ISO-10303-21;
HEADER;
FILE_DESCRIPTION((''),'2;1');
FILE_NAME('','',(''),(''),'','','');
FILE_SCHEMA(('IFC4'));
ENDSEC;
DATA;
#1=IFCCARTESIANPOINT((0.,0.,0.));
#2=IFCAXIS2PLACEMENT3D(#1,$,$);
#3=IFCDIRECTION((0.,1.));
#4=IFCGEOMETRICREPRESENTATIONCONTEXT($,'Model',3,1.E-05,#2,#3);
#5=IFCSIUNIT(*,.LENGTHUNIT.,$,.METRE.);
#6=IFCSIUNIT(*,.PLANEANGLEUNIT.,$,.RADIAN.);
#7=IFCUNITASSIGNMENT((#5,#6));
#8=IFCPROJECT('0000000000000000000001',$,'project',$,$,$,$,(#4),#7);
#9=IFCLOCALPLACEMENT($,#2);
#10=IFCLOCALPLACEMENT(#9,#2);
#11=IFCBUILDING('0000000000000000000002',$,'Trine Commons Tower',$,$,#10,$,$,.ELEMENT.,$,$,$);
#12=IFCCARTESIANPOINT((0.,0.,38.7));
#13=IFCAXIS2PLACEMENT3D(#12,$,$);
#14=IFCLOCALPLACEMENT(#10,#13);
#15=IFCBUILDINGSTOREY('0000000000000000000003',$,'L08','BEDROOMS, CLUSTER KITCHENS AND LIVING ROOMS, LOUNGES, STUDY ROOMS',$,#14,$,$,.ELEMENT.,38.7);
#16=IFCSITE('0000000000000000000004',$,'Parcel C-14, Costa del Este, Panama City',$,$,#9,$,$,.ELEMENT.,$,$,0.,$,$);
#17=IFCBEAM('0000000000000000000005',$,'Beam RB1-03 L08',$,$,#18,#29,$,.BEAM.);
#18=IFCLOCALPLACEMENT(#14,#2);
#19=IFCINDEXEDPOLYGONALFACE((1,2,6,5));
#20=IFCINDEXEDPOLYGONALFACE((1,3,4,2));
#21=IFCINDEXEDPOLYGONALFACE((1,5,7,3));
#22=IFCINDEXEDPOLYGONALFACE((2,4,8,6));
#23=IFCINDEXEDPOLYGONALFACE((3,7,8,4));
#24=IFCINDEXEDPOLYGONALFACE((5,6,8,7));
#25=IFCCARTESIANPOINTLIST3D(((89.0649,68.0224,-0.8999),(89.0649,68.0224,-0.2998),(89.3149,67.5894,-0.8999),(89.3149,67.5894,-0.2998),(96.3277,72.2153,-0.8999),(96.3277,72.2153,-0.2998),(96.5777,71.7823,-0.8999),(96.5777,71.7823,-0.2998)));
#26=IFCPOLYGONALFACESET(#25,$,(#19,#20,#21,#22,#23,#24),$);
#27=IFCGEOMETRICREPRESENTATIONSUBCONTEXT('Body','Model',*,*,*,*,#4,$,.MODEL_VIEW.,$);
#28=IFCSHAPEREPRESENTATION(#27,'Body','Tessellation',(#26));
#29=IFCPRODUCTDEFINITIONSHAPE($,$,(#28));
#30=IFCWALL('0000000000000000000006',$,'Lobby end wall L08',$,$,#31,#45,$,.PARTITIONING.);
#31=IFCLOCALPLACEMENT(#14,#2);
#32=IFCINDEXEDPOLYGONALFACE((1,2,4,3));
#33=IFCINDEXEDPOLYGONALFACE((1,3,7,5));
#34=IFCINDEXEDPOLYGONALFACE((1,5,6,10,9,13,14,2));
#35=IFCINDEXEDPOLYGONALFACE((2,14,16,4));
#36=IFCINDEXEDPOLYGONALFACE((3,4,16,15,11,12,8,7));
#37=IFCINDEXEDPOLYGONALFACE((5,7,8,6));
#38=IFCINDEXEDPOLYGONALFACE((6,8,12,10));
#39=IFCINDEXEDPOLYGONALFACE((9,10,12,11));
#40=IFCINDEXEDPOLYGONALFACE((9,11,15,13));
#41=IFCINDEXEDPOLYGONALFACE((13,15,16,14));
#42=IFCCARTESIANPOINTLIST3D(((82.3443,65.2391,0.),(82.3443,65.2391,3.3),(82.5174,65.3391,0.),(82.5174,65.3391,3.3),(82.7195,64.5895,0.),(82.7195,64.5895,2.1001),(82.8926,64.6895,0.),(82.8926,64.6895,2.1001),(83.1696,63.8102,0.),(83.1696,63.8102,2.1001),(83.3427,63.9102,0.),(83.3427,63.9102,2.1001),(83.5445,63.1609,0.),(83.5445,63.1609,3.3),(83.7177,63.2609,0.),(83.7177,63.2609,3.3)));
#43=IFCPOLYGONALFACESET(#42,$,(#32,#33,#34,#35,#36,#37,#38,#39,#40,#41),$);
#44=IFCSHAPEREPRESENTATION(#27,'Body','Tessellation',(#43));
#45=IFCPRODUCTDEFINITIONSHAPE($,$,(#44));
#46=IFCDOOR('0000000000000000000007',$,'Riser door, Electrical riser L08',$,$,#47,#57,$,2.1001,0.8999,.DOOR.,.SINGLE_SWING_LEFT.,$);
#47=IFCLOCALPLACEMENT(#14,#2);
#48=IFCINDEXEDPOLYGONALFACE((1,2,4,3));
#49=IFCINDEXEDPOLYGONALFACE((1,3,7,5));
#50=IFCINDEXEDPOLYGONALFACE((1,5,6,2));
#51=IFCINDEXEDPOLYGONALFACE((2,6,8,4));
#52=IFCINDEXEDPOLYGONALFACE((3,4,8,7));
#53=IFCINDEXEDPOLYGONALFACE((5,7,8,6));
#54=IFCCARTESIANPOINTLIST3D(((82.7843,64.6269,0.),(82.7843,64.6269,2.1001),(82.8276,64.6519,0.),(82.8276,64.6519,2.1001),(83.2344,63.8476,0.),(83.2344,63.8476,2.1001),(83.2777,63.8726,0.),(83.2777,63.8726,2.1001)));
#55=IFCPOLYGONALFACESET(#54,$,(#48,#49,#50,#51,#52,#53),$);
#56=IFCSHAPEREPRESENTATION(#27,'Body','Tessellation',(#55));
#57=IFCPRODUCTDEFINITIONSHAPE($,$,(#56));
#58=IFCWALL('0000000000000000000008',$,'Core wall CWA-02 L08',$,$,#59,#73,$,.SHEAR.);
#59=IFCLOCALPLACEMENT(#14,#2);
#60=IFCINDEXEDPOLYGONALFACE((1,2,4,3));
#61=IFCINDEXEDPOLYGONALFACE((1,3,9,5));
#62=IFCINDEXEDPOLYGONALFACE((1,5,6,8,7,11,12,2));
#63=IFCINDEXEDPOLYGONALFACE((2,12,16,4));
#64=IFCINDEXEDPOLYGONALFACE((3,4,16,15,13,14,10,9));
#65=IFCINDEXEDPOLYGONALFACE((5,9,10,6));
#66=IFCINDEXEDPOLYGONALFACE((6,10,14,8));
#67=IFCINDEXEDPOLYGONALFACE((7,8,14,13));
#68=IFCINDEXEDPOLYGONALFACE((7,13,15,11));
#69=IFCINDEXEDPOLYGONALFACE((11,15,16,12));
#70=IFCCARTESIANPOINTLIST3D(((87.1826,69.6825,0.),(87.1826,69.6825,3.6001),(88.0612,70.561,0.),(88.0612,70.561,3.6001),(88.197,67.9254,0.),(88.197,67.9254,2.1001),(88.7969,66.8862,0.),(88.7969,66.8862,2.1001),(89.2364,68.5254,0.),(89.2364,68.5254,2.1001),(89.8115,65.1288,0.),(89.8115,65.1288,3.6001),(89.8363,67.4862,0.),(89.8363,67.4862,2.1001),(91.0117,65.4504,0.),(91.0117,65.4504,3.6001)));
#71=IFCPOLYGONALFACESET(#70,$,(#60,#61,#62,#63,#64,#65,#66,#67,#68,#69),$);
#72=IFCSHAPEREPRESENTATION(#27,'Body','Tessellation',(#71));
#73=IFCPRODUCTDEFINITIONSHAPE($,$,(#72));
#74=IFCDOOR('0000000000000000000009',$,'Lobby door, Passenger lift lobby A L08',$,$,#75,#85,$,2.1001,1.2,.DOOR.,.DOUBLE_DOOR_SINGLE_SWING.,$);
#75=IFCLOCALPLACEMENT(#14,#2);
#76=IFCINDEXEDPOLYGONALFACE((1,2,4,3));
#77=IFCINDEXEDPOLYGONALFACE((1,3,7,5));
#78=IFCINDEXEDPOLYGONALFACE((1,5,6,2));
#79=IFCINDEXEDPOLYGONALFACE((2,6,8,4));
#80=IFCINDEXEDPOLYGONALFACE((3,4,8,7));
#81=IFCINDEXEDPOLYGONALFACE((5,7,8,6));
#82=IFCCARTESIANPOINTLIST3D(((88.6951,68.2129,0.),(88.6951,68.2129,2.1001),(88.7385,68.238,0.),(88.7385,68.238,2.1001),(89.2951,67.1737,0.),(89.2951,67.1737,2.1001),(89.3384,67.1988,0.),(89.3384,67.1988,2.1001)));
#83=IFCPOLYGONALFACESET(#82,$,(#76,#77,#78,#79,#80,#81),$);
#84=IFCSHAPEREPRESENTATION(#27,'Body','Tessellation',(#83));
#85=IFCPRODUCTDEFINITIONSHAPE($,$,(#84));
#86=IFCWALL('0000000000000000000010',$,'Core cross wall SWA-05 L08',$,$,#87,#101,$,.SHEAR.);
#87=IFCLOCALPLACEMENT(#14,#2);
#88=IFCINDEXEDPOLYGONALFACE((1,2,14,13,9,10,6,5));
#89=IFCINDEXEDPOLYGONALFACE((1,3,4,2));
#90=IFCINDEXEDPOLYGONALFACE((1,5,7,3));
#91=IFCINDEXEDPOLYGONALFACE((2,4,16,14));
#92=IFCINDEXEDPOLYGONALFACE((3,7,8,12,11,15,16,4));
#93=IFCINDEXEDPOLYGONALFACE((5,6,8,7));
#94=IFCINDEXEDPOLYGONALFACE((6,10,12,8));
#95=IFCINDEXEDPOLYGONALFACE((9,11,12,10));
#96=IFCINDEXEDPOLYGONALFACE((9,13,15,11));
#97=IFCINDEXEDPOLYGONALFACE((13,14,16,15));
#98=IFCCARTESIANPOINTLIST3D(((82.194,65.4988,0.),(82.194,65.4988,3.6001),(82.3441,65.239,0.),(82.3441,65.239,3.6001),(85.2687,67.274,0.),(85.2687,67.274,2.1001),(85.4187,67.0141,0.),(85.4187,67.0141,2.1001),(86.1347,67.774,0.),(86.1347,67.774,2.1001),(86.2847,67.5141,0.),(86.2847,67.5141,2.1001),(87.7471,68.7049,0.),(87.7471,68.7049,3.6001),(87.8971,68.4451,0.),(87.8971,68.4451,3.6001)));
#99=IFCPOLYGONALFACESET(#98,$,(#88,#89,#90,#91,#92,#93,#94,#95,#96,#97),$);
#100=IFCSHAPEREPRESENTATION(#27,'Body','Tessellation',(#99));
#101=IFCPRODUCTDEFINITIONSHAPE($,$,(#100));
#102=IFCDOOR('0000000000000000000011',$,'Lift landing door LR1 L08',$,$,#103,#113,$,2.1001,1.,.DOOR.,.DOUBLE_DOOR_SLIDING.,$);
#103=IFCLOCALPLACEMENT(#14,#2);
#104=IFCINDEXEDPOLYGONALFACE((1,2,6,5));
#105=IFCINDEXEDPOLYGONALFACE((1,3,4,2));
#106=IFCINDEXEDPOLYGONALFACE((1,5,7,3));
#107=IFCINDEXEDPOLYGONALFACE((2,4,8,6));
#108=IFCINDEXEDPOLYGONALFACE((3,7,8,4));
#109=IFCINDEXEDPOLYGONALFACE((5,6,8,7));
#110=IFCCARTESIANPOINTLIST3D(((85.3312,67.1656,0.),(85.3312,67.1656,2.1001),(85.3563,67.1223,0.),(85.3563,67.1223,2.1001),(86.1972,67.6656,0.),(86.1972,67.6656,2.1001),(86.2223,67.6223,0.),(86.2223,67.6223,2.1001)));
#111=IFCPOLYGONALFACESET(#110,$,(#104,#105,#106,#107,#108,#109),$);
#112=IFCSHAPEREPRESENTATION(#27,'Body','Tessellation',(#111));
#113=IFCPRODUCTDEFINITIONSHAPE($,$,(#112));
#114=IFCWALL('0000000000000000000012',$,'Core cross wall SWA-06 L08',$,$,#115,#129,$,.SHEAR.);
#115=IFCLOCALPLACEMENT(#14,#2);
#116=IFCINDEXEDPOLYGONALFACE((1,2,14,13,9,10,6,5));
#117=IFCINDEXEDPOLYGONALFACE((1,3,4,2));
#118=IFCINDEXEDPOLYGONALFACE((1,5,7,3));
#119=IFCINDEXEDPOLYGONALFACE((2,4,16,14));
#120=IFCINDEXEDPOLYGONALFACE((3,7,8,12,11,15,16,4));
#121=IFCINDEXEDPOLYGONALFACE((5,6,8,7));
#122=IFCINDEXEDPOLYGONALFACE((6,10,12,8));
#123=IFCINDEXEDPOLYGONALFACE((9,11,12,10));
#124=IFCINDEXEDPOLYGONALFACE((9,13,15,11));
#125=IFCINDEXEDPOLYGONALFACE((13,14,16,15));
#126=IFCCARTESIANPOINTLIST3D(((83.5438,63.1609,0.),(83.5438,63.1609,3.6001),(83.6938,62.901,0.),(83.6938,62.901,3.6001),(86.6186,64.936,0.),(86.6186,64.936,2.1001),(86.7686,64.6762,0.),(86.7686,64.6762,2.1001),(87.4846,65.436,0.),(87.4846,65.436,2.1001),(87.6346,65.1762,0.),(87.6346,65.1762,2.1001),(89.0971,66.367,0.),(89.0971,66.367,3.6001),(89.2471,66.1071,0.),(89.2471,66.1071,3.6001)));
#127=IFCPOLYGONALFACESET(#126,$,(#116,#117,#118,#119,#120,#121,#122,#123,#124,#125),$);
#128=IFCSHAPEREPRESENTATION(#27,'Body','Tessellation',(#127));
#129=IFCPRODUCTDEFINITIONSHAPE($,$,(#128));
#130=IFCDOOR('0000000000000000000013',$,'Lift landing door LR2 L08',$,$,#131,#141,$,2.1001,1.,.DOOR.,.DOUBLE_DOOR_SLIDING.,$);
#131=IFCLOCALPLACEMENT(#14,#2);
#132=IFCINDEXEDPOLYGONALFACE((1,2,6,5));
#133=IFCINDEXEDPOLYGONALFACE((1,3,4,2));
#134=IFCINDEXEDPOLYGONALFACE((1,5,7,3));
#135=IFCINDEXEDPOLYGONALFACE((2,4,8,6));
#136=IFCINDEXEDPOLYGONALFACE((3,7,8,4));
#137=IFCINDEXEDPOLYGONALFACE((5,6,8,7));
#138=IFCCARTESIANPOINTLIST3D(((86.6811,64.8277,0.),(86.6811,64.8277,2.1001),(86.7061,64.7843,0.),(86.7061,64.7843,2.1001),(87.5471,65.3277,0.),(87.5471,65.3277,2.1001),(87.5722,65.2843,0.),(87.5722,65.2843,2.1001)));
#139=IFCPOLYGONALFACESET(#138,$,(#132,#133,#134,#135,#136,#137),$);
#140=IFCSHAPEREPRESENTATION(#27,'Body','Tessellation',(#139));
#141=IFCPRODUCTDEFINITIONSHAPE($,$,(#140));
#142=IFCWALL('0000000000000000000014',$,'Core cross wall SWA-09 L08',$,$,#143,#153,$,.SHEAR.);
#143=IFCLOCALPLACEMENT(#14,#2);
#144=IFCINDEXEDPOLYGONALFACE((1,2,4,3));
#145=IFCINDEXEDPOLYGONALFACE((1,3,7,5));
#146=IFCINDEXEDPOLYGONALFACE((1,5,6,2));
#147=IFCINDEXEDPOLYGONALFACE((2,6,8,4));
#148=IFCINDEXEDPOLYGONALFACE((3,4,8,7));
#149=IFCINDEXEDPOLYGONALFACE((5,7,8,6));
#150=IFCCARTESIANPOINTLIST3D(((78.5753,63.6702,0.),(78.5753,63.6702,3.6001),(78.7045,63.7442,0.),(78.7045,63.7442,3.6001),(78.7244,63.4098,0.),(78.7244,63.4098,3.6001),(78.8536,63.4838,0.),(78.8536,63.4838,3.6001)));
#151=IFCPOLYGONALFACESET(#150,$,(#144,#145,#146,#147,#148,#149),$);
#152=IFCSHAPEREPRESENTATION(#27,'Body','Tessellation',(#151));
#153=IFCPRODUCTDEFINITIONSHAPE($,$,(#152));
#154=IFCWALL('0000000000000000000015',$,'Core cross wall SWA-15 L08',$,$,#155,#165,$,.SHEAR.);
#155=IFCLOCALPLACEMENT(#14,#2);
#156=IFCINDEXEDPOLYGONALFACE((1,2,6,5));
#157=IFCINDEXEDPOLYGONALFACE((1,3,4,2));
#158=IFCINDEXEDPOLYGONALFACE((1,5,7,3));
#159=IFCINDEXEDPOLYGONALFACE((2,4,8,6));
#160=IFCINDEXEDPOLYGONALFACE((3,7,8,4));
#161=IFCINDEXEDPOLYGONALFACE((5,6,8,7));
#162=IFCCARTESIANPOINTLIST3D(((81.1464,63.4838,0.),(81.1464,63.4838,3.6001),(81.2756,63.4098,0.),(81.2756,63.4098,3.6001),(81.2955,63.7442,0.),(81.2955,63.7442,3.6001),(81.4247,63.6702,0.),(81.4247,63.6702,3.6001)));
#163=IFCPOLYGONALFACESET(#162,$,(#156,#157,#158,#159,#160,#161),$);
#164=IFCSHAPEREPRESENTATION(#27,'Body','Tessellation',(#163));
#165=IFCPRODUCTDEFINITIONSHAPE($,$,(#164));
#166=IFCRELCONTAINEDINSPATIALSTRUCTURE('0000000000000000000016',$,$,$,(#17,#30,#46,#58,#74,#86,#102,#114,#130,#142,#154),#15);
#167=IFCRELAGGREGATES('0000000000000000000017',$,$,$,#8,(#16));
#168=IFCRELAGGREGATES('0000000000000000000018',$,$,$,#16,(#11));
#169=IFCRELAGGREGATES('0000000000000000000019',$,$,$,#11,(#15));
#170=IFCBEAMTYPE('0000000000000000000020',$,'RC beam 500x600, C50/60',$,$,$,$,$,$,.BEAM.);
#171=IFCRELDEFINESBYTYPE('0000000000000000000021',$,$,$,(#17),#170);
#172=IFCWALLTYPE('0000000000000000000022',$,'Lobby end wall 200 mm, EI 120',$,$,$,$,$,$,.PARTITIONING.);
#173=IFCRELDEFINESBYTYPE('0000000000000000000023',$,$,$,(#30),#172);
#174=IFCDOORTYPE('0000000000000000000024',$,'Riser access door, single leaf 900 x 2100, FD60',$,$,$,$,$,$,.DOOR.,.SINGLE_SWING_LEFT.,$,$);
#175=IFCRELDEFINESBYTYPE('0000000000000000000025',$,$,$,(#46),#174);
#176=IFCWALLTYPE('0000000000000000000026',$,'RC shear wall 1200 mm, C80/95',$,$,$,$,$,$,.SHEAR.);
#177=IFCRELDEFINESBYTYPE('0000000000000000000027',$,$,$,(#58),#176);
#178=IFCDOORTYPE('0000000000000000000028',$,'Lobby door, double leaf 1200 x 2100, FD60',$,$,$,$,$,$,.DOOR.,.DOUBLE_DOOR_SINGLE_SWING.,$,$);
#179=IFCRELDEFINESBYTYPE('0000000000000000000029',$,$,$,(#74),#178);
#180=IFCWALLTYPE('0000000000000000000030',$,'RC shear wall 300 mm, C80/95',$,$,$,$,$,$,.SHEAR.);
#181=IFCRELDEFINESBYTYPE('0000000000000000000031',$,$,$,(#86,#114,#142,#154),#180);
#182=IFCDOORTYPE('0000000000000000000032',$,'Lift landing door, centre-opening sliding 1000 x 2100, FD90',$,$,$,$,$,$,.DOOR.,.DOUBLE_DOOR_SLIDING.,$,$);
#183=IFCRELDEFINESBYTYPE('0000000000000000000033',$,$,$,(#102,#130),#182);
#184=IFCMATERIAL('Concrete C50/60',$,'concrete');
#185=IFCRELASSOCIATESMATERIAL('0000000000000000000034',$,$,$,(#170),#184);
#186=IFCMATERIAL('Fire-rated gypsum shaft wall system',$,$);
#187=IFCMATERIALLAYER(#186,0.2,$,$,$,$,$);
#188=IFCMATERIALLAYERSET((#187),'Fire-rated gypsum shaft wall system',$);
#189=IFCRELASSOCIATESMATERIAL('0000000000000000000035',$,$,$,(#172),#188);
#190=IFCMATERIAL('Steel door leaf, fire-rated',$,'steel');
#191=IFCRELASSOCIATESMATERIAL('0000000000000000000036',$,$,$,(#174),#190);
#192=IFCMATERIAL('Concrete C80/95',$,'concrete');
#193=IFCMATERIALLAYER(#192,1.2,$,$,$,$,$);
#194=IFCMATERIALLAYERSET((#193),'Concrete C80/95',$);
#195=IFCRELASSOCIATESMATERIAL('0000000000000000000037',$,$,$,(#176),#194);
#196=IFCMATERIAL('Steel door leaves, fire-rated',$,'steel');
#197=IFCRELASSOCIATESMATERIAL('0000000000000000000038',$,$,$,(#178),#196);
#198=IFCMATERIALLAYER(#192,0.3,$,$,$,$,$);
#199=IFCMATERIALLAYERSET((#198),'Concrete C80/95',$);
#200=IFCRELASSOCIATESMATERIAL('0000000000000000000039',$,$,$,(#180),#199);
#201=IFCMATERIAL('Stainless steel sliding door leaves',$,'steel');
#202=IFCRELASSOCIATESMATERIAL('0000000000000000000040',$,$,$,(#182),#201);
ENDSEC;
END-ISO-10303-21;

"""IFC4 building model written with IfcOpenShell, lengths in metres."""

from ifc_helpers import new_model, si_unit, direction, frame, frame_2d, origin, origin_2d, place, context, subcontext, project, spatial, polyline, rectangle, outline, extrude, material, layer, layer_set, material_profile, profile_set, type_object, element, fill, save


model = new_model("IFC4")

# Units and contexts
model_context = context("Model", 3, precision=1e-05, world=origin(), true_north=direction((0.0, 1.0)))
body_context = subcontext(model_context, "Body", "Model", "MODEL_VIEW")
ifc_project = project(units=[si_unit("LENGTHUNIT", "METRE"), si_unit("PLANEANGLEUNIT", "RADIAN")], contexts=[model_context])

# Site, building, storey
site_placement = place(None, origin())
site = spatial("IfcSite", under=ifc_project, at=site_placement, Name="Parcel C-14, Costa del Este, Panama City", CompositionType="ELEMENT", RefElevation=0.0)
building_placement = place(site_placement, origin())
building = spatial("IfcBuilding", under=site, at=building_placement, Name="Trine Commons Tower", CompositionType="ELEMENT")
storey_placement = place(building_placement, frame((0.0, 0.0, 38.7)))
storey = spatial("IfcBuildingStorey", under=building, at=storey_placement, Name="L08", Description="BEDROOMS, CLUSTER KITCHENS AND LIVING ROOMS, LOUNGES, STUDY ROOMS", CompositionType="ELEMENT", Elevation=38.7)

# Beam
ifc_material_1 = material(Name="Concrete C50/60", Category="concrete")
ifc_material_profile = material_profile(ifc_material_1, rectangle(XDim=0.5, YDim=0.6001, at=origin_2d()), Name="RC 500x600")
ifc_profile_set = profile_set([ifc_material_profile], Name="Concrete C50/60")
beam_type = type_object("IfcBeamType", Name="RC beam 500x600, C50/60", PredefinedType="BEAM", material=ifc_profile_set)
beam_placement = place(storey_placement, frame((89.1899, 67.8059, -0.5999), z_axis=(0.866038, 0.499978, 0.0), x_axis=(-0.499978, 0.866038, 0.0)))
element("IfcBeam", 1, at=beam_placement, inside=storey, type_object=beam_type, Name="Beam RB1-03 L08", PredefinedType="BEAM", context=body_context, shape_type="SweptSolid", body=[
    extrude(rectangle(XDim=0.5, YDim=0.6001, at=origin_2d()), origin(), (0.0, 0.0, 1.0), 8.3862),
])

# Walls, openings, doors
ifc_material_2 = material(Name="Fire-rated gypsum shaft wall system")
ifc_layer_1 = layer(ifc_material_2, 0.2)
ifc_layer_set_1 = layer_set([ifc_layer_1], Name="Fire-rated gypsum shaft wall system")
wall_type_1 = type_object("IfcWallType", Name="Lobby end wall 200 mm, EI 120", PredefinedType="PARTITIONING", material=ifc_layer_set_1)
wall_1_placement = place(storey_placement, frame((83.6311, 63.2109, 0.0), z_axis=(0.0, 0.0, 1.0), x_axis=(-0.500122, 0.865955, 0.0)))
wall_1 = element("IfcWall", 2, at=wall_1_placement, inside=storey, type_object=wall_type_1, Name="Lobby end wall L08", PredefinedType="PARTITIONING", context=body_context, shape_type="SweptSolid", body=[
    extrude(rectangle(XDim=2.3999, YDim=0.2, at=frame_2d((1.2, 0.0))), origin(), (0.0, 0.0, 1.0), 3.3),
])
opening_1_placement = place(wall_1_placement, frame((0.7498, 0.0, 0.0)))
opening_1 = element("IfcOpeningElement", 3, at=opening_1_placement, cuts=wall_1, PredefinedType="OPENING", context=body_context, shape_type="SweptSolid", body=[
    extrude(rectangle(XDim=0.8999, YDim=2.1001, at=frame_2d((0.45, 1.05))), frame((0.0, 0.1099, 0.0), z_axis=(0.0, -1.0, 0.0), x_axis=(1.0, 0.0, 0.0)), (0.0, 0.0, 1.0), 0.22),
])
ifc_material_3 = material(Name="Steel door leaf, fire-rated", Category="steel")
door_type_1 = type_object("IfcDoorType", Name="Riser access door, single leaf 900 x 2100, FD60", OperationType="SINGLE_SWING_LEFT", PredefinedType="DOOR", material=ifc_material_3)
door_1_placement = place(opening_1_placement, frame((0.8999, 0.0, 0.0), z_axis=(0.0, 0.0, 1.0), x_axis=(-1.0, 0.0, 0.0)))
door_1 = element("IfcDoor", 4, at=door_1_placement, inside=storey, type_object=door_type_1, Name="Riser door, Electrical riser L08", OperationType="SINGLE_SWING_LEFT", OverallHeight=2.1001, OverallWidth=0.8999, PredefinedType="DOOR", context=body_context, shape_type="SweptSolid", body=[
    extrude(rectangle(XDim=0.8999, YDim=2.1001, at=frame_2d((0.45, 1.05))), frame((0.0, 0.0249, 0.0), z_axis=(0.0, -1.0, 0.0), x_axis=(1.0, 0.0, 0.0)), (0.0, 0.0, 1.0), 0.05),
])
fill(opening_1, door_1)
ifc_material_4 = material(Name="Concrete C80/95", Category="concrete")
ifc_layer_2 = layer(ifc_material_4, 1.2)
ifc_layer_set_2 = layer_set([ifc_layer_2], Name="Concrete C80/95")
wall_type_2 = type_object("IfcWallType", Name="RC shear wall 1200 mm, C80/95", PredefinedType="SHEAR", material=ifc_layer_set_2)
wall_2_placement = place(storey_placement, frame((90.4919, 65.1504, 0.0), z_axis=(0.0, 0.0, 1.0), x_axis=(-0.499979, 0.866037, 0.0)))
wall_2 = element("IfcWall", 5, at=wall_2_placement, inside=storey, type_object=wall_type_2, Name="Core wall CWA-02 L08", PredefinedType="SHEAR", context=body_context, shape_type="SweptSolid", body=[
    extrude(outline(polyline([(0.0, -0.6001), (5.9011, -0.6001), (5.5796, 0.6001), (0.3215, 0.6001), (0.0, -0.6001)])), origin(), (0.0, 0.0, 1.0), 3.6001),
])
opening_2_placement = place(wall_2_placement, frame((2.3506, 0.0, 0.0)))
opening_2 = element("IfcOpeningElement", 6, at=opening_2_placement, cuts=wall_2, PredefinedType="OPENING", context=body_context, shape_type="SweptSolid", body=[
    extrude(rectangle(XDim=1.2, YDim=2.1001, at=frame_2d((0.6001, 1.05))), frame((0.0, 0.6099, 0.0), z_axis=(0.0, -1.0, 0.0), x_axis=(1.0, 0.0, 0.0)), (0.0, 0.0, 1.0), 1.22),
])
ifc_material_5 = material(Name="Steel door leaves, fire-rated", Category="steel")
door_type_2 = type_object("IfcDoorType", Name="Lobby door, double leaf 1200 x 2100, FD60", OperationType="DOUBLE_DOOR_SINGLE_SWING", PredefinedType="DOOR", material=ifc_material_5)
door_2_placement = place(opening_2_placement, origin())
door_2 = element("IfcDoor", 7, at=door_2_placement, inside=storey, type_object=door_type_2, Name="Lobby door, Passenger lift lobby A L08", OperationType="DOUBLE_DOOR_SINGLE_SWING", OverallHeight=2.1001, OverallWidth=1.2, PredefinedType="DOOR", context=body_context, shape_type="SweptSolid", body=[
    extrude(rectangle(XDim=1.2, YDim=2.1001, at=frame_2d((0.6001, 1.05))), frame((0.0, 0.0249, 0.0), z_axis=(0.0, -1.0, 0.0), x_axis=(1.0, 0.0, 0.0)), (0.0, 0.0, 1.0), 0.05),
])
fill(opening_2, door_2)
ifc_layer_3 = layer(ifc_material_4, 0.3)
ifc_layer_set_3 = layer_set([ifc_layer_3], Name="Concrete C80/95")
wall_type_3 = type_object("IfcWallType", Name="RC shear wall 300 mm, C80/95", PredefinedType="SHEAR", material=ifc_layer_set_3)
wall_3_placement = place(storey_placement, frame((82.269, 65.3689, 0.0), z_axis=(0.0, 0.0, 1.0), x_axis=(0.866023, 0.500005, 0.0)))
wall_3 = element("IfcWall", 8, at=wall_3_placement, inside=storey, type_object=wall_type_3, Name="Core cross wall SWA-05 L08", PredefinedType="SHEAR", context=body_context, shape_type="SweptSolid", body=[
    extrude(rectangle(XDim=6.4121, YDim=0.3, at=frame_2d((3.2061, 0.0))), origin(), (0.0, 0.0, 1.0), 3.6001),
])
opening_3_placement = place(wall_3_placement, frame((3.5503, 0.0, 0.0)))
opening_3 = element("IfcOpeningElement", 9, at=opening_3_placement, cuts=wall_3, PredefinedType="OPENING", context=body_context, shape_type="SweptSolid", body=[
    extrude(rectangle(XDim=1.0, YDim=2.1001, at=frame_2d((0.5, 1.05))), frame((0.0, 0.1599, 0.0), z_axis=(0.0, -1.0, 0.0), x_axis=(1.0, 0.0, 0.0)), (0.0, 0.0, 1.0), 0.3201),
])
ifc_material_6 = material(Name="Stainless steel sliding door leaves", Category="steel")
door_type_3 = type_object("IfcDoorType", Name="Lift landing door, centre-opening sliding 1000 x 2100, FD90", OperationType="DOUBLE_DOOR_SLIDING", PredefinedType="DOOR", material=ifc_material_6)
door_3_placement = place(opening_3_placement, origin())
door_3 = element("IfcDoor", 10, at=door_3_placement, inside=storey, type_object=door_type_3, Name="Lift landing door LR1 L08", OperationType="DOUBLE_DOOR_SLIDING", OverallHeight=2.1001, OverallWidth=1.0, PredefinedType="DOOR", context=body_context, shape_type="SweptSolid", body=[
    extrude(rectangle(XDim=1.0, YDim=2.1001, at=frame_2d((0.5, 1.05))), frame((0.0, 0.0249, 0.0), z_axis=(0.0, -1.0, 0.0), x_axis=(1.0, 0.0, 0.0)), (0.0, 0.0, 1.0), 0.05),
])
fill(opening_3, door_3)
wall_4_placement = place(storey_placement, frame((83.6189, 63.031, 0.0), z_axis=(0.0, 0.0, 1.0), x_axis=(0.866032, 0.499988, 0.0)))
wall_4 = element("IfcWall", 11, at=wall_4_placement, inside=storey, type_object=wall_type_3, Name="Core cross wall SWA-06 L08", PredefinedType="SHEAR", context=body_context, shape_type="SweptSolid", body=[
    extrude(rectangle(XDim=6.4124, YDim=0.3, at=frame_2d((3.2061, 0.0))), origin(), (0.0, 0.0, 1.0), 3.6001),
])
opening_4_placement = place(wall_4_placement, frame((3.5503, 0.0, 0.0)))
opening_4 = element("IfcOpeningElement", 12, at=opening_4_placement, cuts=wall_4, PredefinedType="OPENING", context=body_context, shape_type="SweptSolid", body=[
    extrude(rectangle(XDim=1.0, YDim=2.1001, at=frame_2d((0.5, 1.05))), frame((0.0, 0.1599, 0.0), z_axis=(0.0, -1.0, 0.0), x_axis=(1.0, 0.0, 0.0)), (0.0, 0.0, 1.0), 0.3201),
])
door_4_placement = place(opening_4_placement, origin())
door_4 = element("IfcDoor", 13, at=door_4_placement, inside=storey, type_object=door_type_3, Name="Lift landing door LR2 L08", OperationType="DOUBLE_DOOR_SLIDING", OverallHeight=2.1001, OverallWidth=1.0, PredefinedType="DOOR", context=body_context, shape_type="SweptSolid", body=[
    extrude(rectangle(XDim=1.0, YDim=2.1001, at=frame_2d((0.5, 1.05))), frame((0.0, 0.0249, 0.0), z_axis=(0.0, -1.0, 0.0), x_axis=(1.0, 0.0, 0.0)), (0.0, 0.0, 1.0), 0.05),
])
fill(opening_4, door_4)

# Walls
for number, where, z_axis, x_axis, name in (
    (14, (78.7791, 63.614, 0.0), (0.0, 0.0, 1.0), (-0.867738, -0.497022, 0.0), "Core cross wall SWA-09 L08"),
    (15, (81.2209, 63.614, 0.0), (0.0, 0.0, 1.0), (0.867738, -0.497022, 0.0), "Core cross wall SWA-15 L08"),
):
    element("IfcWall", number, at=place(storey_placement, frame(where, z_axis=z_axis, x_axis=x_axis)), inside=storey, type_object=wall_type_3, Name=name, PredefinedType="SHEAR", context=body_context, shape_type="SweptSolid", body=[
        extrude(rectangle(XDim=0.1489, YDim=0.3, at=frame_2d((0.0745, 0.0))), origin(), (0.0, 0.0, 1.0), 3.6001),
    ])

save(model, "model.ifc")
